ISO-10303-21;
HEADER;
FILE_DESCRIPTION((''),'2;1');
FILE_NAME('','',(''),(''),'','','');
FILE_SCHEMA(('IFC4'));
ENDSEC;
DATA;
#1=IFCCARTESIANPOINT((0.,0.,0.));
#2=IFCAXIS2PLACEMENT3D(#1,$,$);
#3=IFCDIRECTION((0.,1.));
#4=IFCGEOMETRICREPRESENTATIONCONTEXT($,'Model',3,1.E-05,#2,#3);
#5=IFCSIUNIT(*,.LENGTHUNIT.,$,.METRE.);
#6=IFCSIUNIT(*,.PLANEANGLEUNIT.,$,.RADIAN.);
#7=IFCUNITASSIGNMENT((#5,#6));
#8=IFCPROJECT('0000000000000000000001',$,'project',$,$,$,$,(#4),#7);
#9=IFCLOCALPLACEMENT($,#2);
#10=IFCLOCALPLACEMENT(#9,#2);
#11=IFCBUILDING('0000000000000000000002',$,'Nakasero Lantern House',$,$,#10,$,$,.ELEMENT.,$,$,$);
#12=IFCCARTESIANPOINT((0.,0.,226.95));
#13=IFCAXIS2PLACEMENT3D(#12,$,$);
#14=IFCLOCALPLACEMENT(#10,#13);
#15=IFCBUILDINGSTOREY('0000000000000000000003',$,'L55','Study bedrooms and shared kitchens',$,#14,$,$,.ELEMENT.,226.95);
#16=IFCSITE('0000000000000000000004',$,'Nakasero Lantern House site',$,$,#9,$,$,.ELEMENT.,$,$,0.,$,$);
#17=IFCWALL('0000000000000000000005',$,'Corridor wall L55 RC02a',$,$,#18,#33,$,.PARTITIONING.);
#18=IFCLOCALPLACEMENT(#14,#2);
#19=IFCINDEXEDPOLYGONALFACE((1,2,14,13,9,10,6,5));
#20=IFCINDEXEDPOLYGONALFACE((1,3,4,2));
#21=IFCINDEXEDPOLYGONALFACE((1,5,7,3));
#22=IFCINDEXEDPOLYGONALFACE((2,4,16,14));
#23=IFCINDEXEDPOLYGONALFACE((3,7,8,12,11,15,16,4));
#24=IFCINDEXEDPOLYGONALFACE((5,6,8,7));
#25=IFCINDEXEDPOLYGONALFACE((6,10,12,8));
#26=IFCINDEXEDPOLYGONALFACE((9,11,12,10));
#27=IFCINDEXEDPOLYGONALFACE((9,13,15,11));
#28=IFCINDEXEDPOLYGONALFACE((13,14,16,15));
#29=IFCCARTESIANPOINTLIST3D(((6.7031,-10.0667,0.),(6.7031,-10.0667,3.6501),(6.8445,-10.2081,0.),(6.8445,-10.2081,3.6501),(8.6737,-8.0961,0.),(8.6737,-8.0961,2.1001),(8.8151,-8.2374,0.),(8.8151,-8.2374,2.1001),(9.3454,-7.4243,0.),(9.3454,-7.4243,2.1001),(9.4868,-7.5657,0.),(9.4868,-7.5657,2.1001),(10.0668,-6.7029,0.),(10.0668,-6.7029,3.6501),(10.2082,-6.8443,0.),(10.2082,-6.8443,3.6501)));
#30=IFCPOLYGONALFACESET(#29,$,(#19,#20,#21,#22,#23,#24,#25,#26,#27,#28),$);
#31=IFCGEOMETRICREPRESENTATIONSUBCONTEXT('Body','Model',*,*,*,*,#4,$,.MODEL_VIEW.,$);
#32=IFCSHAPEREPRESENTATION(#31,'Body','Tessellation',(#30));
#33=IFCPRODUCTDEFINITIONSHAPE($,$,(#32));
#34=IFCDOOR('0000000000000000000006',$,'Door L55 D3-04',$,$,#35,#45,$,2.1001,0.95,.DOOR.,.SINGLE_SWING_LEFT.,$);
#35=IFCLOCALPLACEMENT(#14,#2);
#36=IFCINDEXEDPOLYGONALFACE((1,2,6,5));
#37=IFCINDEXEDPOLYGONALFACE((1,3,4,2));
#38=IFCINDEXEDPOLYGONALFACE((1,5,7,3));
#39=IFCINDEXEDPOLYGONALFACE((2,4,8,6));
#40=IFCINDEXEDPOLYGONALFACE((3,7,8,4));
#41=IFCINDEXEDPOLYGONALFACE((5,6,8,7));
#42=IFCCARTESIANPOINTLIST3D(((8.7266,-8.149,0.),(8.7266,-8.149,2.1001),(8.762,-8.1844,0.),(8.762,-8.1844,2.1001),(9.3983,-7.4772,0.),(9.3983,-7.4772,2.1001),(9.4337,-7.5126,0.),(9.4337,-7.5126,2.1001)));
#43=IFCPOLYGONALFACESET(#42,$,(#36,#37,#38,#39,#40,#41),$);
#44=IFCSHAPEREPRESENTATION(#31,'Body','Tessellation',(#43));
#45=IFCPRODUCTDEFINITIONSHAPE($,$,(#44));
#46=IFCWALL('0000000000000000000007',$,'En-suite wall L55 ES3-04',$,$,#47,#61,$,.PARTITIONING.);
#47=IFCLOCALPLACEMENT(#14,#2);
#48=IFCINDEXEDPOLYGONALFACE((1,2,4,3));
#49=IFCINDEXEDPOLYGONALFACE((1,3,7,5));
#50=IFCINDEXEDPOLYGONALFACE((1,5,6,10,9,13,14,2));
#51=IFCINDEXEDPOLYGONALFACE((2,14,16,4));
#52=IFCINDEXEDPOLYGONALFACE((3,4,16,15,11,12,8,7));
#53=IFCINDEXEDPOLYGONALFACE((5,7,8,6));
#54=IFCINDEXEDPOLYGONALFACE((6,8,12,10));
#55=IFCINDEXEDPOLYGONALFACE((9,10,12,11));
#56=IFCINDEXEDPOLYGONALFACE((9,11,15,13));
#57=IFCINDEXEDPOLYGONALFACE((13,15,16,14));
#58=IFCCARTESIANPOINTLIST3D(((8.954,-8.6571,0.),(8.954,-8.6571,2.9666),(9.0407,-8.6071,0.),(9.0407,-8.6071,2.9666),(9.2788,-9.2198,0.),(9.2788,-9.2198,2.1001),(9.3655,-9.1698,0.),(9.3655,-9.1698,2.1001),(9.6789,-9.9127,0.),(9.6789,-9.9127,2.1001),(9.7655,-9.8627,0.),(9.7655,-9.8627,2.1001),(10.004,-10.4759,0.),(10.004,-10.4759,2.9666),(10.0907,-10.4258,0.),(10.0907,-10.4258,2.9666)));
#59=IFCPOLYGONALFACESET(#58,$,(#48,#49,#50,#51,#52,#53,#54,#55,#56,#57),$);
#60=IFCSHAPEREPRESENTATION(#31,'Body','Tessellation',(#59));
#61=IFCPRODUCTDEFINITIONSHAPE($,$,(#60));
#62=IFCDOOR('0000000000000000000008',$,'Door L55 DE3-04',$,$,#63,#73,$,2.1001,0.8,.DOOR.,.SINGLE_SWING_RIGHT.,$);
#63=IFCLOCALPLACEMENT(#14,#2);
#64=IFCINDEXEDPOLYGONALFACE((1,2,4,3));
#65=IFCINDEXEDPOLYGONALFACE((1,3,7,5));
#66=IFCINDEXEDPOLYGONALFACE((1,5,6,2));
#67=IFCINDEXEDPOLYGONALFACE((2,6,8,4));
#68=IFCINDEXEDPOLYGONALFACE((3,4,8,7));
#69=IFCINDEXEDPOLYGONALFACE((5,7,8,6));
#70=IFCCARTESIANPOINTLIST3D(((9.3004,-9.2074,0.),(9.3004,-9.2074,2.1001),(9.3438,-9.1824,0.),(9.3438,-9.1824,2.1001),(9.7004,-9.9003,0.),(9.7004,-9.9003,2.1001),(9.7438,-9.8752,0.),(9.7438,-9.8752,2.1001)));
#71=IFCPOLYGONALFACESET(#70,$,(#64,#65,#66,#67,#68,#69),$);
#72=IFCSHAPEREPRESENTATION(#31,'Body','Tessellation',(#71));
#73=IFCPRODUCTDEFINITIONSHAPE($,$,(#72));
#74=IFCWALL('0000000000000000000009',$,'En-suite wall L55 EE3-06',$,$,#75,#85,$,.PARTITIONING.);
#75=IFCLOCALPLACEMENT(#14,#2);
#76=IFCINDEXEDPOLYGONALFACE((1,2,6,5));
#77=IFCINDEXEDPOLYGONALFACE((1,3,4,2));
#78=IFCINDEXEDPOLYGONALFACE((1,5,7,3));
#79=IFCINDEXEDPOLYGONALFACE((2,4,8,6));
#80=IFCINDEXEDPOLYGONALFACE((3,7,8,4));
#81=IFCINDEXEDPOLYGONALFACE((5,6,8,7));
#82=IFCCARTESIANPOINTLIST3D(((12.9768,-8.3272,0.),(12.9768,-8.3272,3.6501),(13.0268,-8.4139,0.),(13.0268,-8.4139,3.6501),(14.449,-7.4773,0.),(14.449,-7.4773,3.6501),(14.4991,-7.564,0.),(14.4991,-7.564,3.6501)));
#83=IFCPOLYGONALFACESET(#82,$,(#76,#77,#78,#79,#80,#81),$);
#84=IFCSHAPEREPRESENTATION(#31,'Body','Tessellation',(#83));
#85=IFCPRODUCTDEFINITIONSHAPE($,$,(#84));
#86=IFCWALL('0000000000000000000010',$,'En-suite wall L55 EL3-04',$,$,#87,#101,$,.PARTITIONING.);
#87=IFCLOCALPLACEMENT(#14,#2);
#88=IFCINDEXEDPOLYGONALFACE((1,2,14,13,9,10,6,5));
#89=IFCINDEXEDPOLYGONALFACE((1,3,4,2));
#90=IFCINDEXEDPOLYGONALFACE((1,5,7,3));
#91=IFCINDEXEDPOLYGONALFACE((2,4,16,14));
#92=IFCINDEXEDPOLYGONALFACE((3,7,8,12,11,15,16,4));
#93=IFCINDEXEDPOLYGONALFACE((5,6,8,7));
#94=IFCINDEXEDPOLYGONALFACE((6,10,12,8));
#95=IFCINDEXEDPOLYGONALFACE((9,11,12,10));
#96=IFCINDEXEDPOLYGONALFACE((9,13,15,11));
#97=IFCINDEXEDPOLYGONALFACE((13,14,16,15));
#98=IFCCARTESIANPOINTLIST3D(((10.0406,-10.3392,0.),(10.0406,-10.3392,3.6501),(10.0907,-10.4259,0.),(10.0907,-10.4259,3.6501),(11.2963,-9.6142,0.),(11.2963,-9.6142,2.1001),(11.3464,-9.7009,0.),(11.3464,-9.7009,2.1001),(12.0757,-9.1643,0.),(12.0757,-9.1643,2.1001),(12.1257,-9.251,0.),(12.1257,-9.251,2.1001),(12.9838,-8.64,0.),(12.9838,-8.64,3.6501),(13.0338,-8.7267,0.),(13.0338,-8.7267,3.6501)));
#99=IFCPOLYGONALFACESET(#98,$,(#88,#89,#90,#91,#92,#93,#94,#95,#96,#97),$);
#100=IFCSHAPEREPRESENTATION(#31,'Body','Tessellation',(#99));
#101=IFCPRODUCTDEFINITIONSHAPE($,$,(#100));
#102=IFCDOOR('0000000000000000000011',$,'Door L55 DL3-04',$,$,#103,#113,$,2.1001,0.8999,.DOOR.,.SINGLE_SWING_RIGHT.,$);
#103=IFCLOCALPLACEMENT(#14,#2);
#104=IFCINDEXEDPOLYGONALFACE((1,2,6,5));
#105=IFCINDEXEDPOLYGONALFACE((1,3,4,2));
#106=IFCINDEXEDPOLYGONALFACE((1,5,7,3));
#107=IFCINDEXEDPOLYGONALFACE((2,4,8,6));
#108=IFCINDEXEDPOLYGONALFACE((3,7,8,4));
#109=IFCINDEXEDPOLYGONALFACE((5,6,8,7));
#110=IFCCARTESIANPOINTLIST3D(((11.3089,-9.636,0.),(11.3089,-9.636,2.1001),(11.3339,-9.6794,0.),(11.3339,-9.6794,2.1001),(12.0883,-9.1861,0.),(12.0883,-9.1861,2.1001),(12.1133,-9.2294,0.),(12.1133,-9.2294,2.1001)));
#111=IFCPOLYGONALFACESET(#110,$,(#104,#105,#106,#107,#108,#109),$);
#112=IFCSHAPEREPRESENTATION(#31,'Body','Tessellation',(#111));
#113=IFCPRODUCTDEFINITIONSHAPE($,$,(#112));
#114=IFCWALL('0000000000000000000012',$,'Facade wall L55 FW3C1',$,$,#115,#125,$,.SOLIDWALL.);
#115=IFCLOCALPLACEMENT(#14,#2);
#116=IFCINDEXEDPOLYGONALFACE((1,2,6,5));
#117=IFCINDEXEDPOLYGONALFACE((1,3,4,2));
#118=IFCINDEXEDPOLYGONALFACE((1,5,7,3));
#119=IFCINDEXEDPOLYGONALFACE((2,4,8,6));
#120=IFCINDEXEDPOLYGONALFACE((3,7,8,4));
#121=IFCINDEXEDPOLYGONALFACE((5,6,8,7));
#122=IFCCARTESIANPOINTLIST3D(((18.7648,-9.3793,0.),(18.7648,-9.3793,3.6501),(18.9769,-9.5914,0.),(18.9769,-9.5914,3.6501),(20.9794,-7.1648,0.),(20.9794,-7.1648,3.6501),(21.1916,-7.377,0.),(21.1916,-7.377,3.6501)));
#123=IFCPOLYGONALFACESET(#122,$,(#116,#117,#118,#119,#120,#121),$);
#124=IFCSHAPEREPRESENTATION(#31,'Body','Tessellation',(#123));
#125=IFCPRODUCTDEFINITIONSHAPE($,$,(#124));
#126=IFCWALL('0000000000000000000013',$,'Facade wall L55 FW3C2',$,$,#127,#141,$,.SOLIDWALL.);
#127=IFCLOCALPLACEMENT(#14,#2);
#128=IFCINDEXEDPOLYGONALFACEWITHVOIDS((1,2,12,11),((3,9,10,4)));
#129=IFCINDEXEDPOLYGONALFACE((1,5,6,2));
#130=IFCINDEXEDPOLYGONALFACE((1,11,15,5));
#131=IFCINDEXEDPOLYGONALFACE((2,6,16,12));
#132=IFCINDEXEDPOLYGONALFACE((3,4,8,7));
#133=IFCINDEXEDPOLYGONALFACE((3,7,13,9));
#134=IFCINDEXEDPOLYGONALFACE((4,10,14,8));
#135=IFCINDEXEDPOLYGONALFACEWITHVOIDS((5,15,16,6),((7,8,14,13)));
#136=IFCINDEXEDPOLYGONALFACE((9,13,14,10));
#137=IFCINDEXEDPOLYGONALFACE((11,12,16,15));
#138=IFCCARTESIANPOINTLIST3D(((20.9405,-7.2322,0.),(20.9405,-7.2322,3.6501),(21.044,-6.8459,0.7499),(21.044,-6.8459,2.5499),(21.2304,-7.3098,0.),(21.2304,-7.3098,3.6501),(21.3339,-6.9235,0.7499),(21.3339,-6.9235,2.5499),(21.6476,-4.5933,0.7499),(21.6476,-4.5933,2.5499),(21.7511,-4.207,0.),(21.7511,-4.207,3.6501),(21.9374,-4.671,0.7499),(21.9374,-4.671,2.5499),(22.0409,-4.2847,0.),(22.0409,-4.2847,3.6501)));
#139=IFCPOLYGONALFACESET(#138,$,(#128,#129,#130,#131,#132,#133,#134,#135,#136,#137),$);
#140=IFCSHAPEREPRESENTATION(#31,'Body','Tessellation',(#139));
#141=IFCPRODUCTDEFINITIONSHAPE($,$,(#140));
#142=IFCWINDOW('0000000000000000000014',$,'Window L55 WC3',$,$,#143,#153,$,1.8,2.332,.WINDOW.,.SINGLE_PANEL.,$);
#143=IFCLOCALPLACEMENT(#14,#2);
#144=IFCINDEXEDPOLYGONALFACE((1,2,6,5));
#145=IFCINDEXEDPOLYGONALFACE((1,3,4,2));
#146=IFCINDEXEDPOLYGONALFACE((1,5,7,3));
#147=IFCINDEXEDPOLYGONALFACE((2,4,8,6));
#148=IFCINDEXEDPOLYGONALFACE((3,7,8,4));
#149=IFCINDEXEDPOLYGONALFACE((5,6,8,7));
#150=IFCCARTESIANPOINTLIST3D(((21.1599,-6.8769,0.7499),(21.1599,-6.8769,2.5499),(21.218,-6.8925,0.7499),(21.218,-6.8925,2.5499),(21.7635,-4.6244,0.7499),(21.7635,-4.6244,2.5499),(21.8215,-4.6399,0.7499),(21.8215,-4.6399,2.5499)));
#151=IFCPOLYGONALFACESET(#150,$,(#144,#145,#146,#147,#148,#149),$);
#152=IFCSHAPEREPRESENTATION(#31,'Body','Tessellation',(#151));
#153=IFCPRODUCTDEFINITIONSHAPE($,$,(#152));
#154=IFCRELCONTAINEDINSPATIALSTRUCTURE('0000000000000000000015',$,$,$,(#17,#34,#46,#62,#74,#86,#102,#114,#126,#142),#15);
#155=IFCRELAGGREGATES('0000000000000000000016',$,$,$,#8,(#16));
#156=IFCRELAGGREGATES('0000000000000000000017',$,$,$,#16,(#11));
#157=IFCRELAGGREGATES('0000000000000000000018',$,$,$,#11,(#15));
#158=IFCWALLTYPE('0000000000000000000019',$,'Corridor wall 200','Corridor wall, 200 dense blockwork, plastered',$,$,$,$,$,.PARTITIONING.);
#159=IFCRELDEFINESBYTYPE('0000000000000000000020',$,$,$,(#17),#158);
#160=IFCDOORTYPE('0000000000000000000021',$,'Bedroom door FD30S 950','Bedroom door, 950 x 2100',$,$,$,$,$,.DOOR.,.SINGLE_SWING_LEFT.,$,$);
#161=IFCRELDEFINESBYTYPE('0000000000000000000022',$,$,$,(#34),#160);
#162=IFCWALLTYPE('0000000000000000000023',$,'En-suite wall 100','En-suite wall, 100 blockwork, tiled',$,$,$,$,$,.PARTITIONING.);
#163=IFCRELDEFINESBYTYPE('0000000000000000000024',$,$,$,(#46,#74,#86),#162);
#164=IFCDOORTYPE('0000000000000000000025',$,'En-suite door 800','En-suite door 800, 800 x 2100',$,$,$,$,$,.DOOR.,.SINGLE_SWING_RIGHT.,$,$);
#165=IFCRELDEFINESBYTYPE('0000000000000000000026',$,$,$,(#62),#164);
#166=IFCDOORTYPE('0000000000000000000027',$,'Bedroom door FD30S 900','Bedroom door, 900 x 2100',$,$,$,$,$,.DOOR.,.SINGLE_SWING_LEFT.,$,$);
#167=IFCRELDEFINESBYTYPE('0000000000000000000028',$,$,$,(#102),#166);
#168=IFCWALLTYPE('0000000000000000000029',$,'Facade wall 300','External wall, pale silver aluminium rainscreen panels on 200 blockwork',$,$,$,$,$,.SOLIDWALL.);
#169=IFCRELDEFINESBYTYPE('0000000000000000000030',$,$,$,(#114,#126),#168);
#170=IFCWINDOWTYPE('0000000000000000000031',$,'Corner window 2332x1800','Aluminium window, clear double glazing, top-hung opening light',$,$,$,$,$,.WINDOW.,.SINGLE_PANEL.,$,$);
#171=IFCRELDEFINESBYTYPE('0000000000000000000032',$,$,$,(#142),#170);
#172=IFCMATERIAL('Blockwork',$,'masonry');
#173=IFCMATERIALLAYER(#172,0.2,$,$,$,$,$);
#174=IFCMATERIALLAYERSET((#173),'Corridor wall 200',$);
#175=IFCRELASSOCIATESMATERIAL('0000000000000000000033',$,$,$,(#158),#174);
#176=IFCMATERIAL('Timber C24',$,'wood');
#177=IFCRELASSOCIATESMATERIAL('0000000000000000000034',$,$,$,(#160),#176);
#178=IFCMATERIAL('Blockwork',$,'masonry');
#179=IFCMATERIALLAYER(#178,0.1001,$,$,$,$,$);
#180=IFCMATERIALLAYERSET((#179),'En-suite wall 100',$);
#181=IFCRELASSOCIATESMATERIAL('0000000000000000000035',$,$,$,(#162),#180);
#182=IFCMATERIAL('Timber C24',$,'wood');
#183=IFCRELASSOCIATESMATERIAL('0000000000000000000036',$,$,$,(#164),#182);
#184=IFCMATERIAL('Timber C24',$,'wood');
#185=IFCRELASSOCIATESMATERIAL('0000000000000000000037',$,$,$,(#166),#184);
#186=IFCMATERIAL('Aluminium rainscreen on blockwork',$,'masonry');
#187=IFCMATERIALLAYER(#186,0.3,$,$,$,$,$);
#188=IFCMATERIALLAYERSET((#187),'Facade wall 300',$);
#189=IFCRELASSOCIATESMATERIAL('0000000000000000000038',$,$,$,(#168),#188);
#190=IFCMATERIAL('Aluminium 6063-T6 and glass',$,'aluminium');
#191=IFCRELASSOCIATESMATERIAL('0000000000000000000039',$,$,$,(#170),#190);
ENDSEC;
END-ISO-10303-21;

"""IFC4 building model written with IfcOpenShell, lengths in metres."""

from ifc_helpers import new_model, si_unit, direction, frame, frame_2d, origin, place, context, subcontext, project, spatial, rectangle, extrude, material, layer, layer_set, type_object, element, fill, save


model = new_model("IFC4")

# Units and contexts
model_context = context("Model", 3, precision=1e-05, world=origin(), true_north=direction((0.0, 1.0)))
body_context = subcontext(model_context, "Body", "Model", "MODEL_VIEW")
ifc_project = project(units=[si_unit("LENGTHUNIT", "METRE"), si_unit("PLANEANGLEUNIT", "RADIAN")], contexts=[model_context])

# Site, building, storey
site_placement = place(None, origin())
site = spatial("IfcSite", under=ifc_project, at=site_placement, Name="Nakasero Lantern House site", CompositionType="ELEMENT", RefElevation=0.0)
building_placement = place(site_placement, origin())
building = spatial("IfcBuilding", under=site, at=building_placement, Name="Nakasero Lantern House", CompositionType="ELEMENT")
storey_placement = place(building_placement, frame((0.0, 0.0, 226.95)))
storey = spatial("IfcBuildingStorey", under=building, at=storey_placement, Name="L55", Description="Study bedrooms and shared kitchens", CompositionType="ELEMENT", Elevation=226.95)

# Walls, openings, doors
ifc_material_1 = material(Name="Blockwork", Category="masonry")
ifc_layer_1 = layer(ifc_material_1, 0.2)
ifc_layer_set_1 = layer_set([ifc_layer_1], Name="Corridor wall 200")
wall_type_1 = type_object("IfcWallType", Name="Corridor wall 200", Description="Corridor wall, 200 dense blockwork, plastered", PredefinedType="PARTITIONING", material=ifc_layer_set_1)
wall_1_placement = place(storey_placement, frame((10.1375, -6.7737, 0.0), z_axis=(0.0, 0.0, 1.0), x_axis=(-0.707107, -0.707107, 0.0)))
wall_1 = element("IfcWall", 1, at=wall_1_placement, inside=storey, type_object=wall_type_1, Name="Corridor wall L55 RC02a", PredefinedType="PARTITIONING", context=body_context, shape_type="SweptSolid", body=[
    extrude(rectangle(XDim=4.7571, YDim=0.2, at=frame_2d((2.3784, 0.0))), origin(), (0.0, 0.0, 1.0), 3.6501),
])
opening_1_placement = place(wall_1_placement, frame((1.02, 0.0, 0.0)))
opening_1 = element("IfcOpeningElement", 2, at=opening_1_placement, cuts=wall_1, PredefinedType="OPENING", context=body_context, shape_type="SweptSolid", body=[
    extrude(rectangle(XDim=0.95, YDim=2.1001, at=frame_2d((0.4751, 1.05))), frame((0.0, 0.1199, 0.0), z_axis=(0.0, -1.0, 0.0), x_axis=(1.0, 0.0, 0.0)), (0.0, 0.0, 1.0), 0.24),
])
ifc_material_2 = material(Name="Timber C24", Category="wood")
door_type_1 = type_object("IfcDoorType", Name="Bedroom door FD30S 950", Description="Bedroom door, 950 x 2100", OperationType="SINGLE_SWING_LEFT", PredefinedType="DOOR", material=ifc_material_2)
door_1_placement = place(opening_1_placement, origin())
door_1 = element("IfcDoor", 3, at=door_1_placement, inside=storey, type_object=door_type_1, Name="Door L55 D3-04", OperationType="SINGLE_SWING_LEFT", OverallHeight=2.1001, OverallWidth=0.95, PredefinedType="DOOR", context=body_context, shape_type="SweptSolid", body=[
    extrude(rectangle(XDim=0.95, YDim=2.1001, at=frame_2d((0.4751, 1.05))), frame((0.0, 0.0249, 0.0), z_axis=(0.0, -1.0, 0.0), x_axis=(1.0, 0.0, 0.0)), (0.0, 0.0, 1.0), 0.05),
])
fill(opening_1, door_1)
ifc_material_3 = material(Name="Blockwork", Category="masonry")
ifc_layer_2 = layer(ifc_material_3, 0.1001)
ifc_layer_set_2 = layer_set([ifc_layer_2], Name="En-suite wall 100")
wall_type_2 = type_object("IfcWallType", Name="En-suite wall 100", Description="En-suite wall, 100 blockwork, tiled", PredefinedType="PARTITIONING", material=ifc_layer_set_2)
wall_2_placement = place(storey_placement, frame((8.9973, -8.6321, 0.0), z_axis=(0.0, 0.0, 1.0), x_axis=(0.499977, -0.866038, 0.0)))
wall_2 = element("IfcWall", 4, at=wall_2_placement, inside=storey, type_object=wall_type_2, Name="En-suite wall L55 ES3-04", PredefinedType="PARTITIONING", context=body_context, shape_type="SweptSolid", body=[
    extrude(rectangle(XDim=2.1001, YDim=0.1001, at=frame_2d((1.05, 0.0))), origin(), (0.0, 0.0, 1.0), 2.9666),
])
opening_2_placement = place(wall_2_placement, frame((0.6499, 0.0, 0.0)))
opening_2 = element("IfcOpeningElement", 5, at=opening_2_placement, cuts=wall_2, PredefinedType="OPENING", context=body_context, shape_type="SweptSolid", body=[
    extrude(rectangle(XDim=0.8, YDim=2.1001, at=frame_2d((0.3999, 1.05))), frame((0.0, 0.0701, 0.0), z_axis=(0.0, -1.0, 0.0), x_axis=(1.0, 0.0, 0.0)), (0.0, 0.0, 1.0), 0.1401),
])
ifc_material_4 = material(Name="Timber C24", Category="wood")
door_type_2 = type_object("IfcDoorType", Name="En-suite door 800", Description="En-suite door 800, 800 x 2100", OperationType="SINGLE_SWING_RIGHT", PredefinedType="DOOR", material=ifc_material_4)
door_2_placement = place(opening_2_placement, origin())
door_2 = element("IfcDoor", 6, at=door_2_placement, inside=storey, type_object=door_type_2, Name="Door L55 DE3-04", OperationType="SINGLE_SWING_RIGHT", OverallHeight=2.1001, OverallWidth=0.8, PredefinedType="DOOR", context=body_context, shape_type="SweptSolid", body=[
    extrude(rectangle(XDim=0.8, YDim=2.1001, at=frame_2d((0.3999, 1.05))), frame((0.0, 0.0249, 0.0), z_axis=(0.0, -1.0, 0.0), x_axis=(1.0, 0.0, 0.0)), (0.0, 0.0, 1.0), 0.05),
])
fill(opening_2, door_2)

# Wall
wall_3_placement = place(storey_placement, frame((13.0017, -8.3706, 0.0), z_axis=(0.0, 0.0, 1.0), x_axis=(0.866052, 0.499955, 0.0)))
element("IfcWall", 7, at=wall_3_placement, inside=storey, type_object=wall_type_2, Name="En-suite wall L55 EE3-06", PredefinedType="PARTITIONING", context=body_context, shape_type="SweptSolid", body=[
    extrude(rectangle(XDim=1.7, YDim=0.1001, at=frame_2d((0.8501, 0.0))), origin(), (0.0, 0.0, 1.0), 3.6501),
])

# Wall, opening, door
wall_4_placement = place(storey_placement, frame((10.0657, -10.3826, 0.0), z_axis=(0.0, 0.0, 1.0), x_axis=(0.866024, 0.500002, 0.0)))
wall_4 = element("IfcWall", 8, at=wall_4_placement, inside=storey, type_object=wall_type_2, Name="En-suite wall L55 EL3-04", PredefinedType="PARTITIONING", context=body_context, shape_type="SweptSolid", body=[
    extrude(rectangle(XDim=3.3984, YDim=0.1001, at=frame_2d((1.6992, 0.0))), origin(), (0.0, 0.0, 1.0), 3.6501),
])
opening_3_placement = place(wall_4_placement, frame((1.45, 0.0, 0.0)))
opening_3 = element("IfcOpeningElement", 9, at=opening_3_placement, cuts=wall_4, PredefinedType="OPENING", context=body_context, shape_type="SweptSolid", body=[
    extrude(rectangle(XDim=0.8999, YDim=2.1001, at=frame_2d((0.45, 1.05))), frame((0.0, 0.0701, 0.0), z_axis=(0.0, -1.0, 0.0), x_axis=(1.0, 0.0, 0.0)), (0.0, 0.0, 1.0), 0.1401),
])
ifc_material_5 = material(Name="Timber C24", Category="wood")
door_type_3 = type_object("IfcDoorType", Name="Bedroom door FD30S 900", Description="Bedroom door, 900 x 2100", OperationType="SINGLE_SWING_LEFT", PredefinedType="DOOR", material=ifc_material_5)
door_3_placement = place(opening_3_placement, origin())
door_3 = element("IfcDoor", 10, at=door_3_placement, inside=storey, type_object=door_type_3, Name="Door L55 DL3-04", OperationType="SINGLE_SWING_RIGHT", OverallHeight=2.1001, OverallWidth=0.8999, PredefinedType="DOOR", context=body_context, shape_type="SweptSolid", body=[
    extrude(rectangle(XDim=0.8999, YDim=2.1001, at=frame_2d((0.45, 1.05))), frame((0.0, 0.0249, 0.0), z_axis=(0.0, -1.0, 0.0), x_axis=(1.0, 0.0, 0.0)), (0.0, 0.0, 1.0), 0.05),
])
fill(opening_3, door_3)

# Wall
ifc_material_6 = material(Name="Aluminium rainscreen on blockwork", Category="masonry")
ifc_layer_3 = layer(ifc_material_6, 0.3)
ifc_layer_set_3 = layer_set([ifc_layer_3], Name="Facade wall 300")
wall_type_3 = type_object("IfcWallType", Name="Facade wall 300", Description="External wall, pale silver aluminium rainscreen panels on 200 blockwork", PredefinedType="SOLIDWALL", material=ifc_layer_set_3)
wall_5_placement = place(storey_placement, frame((18.8708, -9.4854, 0.0), z_axis=(0.0, 0.0, 1.0), x_axis=(0.707146, 0.707068, 0.0)))
element("IfcWall", 11, at=wall_5_placement, inside=storey, type_object=wall_type_3, Name="Facade wall L55 FW3C1", PredefinedType="SOLIDWALL", context=body_context, shape_type="SweptSolid", body=[
    extrude(rectangle(XDim=3.1318, YDim=0.3, at=frame_2d((1.5659, 0.0))), origin(), (0.0, 0.0, 1.0), 3.6501),
])

# Wall, opening, window
wall_6_placement = place(storey_placement, frame((21.0854, -7.271, 0.0), z_axis=(0.0, 0.0, 1.0), x_axis=(0.258808, 0.965929, 0.0)))
wall_6 = element("IfcWall", 12, at=wall_6_placement, inside=storey, type_object=wall_type_3, Name="Facade wall L55 FW3C2", PredefinedType="SOLIDWALL", context=body_context, shape_type="SweptSolid", body=[
    extrude(rectangle(XDim=3.1318, YDim=0.3, at=frame_2d((1.5659, 0.0))), origin(), (0.0, 0.0, 1.0), 3.6501),
])
opening_4_placement = place(wall_6_placement, frame((0.3999, 0.0, 0.75)))
opening_4 = element("IfcOpeningElement", 13, at=opening_4_placement, cuts=wall_6, PredefinedType="OPENING", context=body_context, shape_type="SweptSolid", body=[
    extrude(rectangle(XDim=2.332, YDim=1.8, at=frame_2d((1.166, 0.8999))), frame((0.0, 0.1699, 0.0), z_axis=(0.0, -1.0, 0.0), x_axis=(1.0, 0.0, 0.0)), (0.0, 0.0, 1.0), 0.3401),
])
ifc_material_7 = material(Name="Aluminium 6063-T6 and glass", Category="aluminium")
window_type = type_object("IfcWindowType", Name="Corner window 2332x1800", Description="Aluminium window, clear double glazing, top-hung opening light", PartitioningType="SINGLE_PANEL", PredefinedType="WINDOW", material=ifc_material_7)
window_placement = place(opening_4_placement, origin())
window = element("IfcWindow", 14, at=window_placement, inside=storey, type_object=window_type, Name="Window L55 WC3", OverallHeight=1.8, OverallWidth=2.332, PartitioningType="SINGLE_PANEL", PredefinedType="WINDOW", context=body_context, shape_type="SweptSolid", body=[
    extrude(rectangle(XDim=2.332, YDim=1.8, at=frame_2d((1.166, 0.8999))), frame((0.0, 0.03, 0.0), z_axis=(0.0, -1.0, 0.0), x_axis=(1.0, 0.0, 0.0)), (0.0, 0.0, 1.0), 0.0601),
])
fill(opening_4, window)

save(model, "model.ifc")
